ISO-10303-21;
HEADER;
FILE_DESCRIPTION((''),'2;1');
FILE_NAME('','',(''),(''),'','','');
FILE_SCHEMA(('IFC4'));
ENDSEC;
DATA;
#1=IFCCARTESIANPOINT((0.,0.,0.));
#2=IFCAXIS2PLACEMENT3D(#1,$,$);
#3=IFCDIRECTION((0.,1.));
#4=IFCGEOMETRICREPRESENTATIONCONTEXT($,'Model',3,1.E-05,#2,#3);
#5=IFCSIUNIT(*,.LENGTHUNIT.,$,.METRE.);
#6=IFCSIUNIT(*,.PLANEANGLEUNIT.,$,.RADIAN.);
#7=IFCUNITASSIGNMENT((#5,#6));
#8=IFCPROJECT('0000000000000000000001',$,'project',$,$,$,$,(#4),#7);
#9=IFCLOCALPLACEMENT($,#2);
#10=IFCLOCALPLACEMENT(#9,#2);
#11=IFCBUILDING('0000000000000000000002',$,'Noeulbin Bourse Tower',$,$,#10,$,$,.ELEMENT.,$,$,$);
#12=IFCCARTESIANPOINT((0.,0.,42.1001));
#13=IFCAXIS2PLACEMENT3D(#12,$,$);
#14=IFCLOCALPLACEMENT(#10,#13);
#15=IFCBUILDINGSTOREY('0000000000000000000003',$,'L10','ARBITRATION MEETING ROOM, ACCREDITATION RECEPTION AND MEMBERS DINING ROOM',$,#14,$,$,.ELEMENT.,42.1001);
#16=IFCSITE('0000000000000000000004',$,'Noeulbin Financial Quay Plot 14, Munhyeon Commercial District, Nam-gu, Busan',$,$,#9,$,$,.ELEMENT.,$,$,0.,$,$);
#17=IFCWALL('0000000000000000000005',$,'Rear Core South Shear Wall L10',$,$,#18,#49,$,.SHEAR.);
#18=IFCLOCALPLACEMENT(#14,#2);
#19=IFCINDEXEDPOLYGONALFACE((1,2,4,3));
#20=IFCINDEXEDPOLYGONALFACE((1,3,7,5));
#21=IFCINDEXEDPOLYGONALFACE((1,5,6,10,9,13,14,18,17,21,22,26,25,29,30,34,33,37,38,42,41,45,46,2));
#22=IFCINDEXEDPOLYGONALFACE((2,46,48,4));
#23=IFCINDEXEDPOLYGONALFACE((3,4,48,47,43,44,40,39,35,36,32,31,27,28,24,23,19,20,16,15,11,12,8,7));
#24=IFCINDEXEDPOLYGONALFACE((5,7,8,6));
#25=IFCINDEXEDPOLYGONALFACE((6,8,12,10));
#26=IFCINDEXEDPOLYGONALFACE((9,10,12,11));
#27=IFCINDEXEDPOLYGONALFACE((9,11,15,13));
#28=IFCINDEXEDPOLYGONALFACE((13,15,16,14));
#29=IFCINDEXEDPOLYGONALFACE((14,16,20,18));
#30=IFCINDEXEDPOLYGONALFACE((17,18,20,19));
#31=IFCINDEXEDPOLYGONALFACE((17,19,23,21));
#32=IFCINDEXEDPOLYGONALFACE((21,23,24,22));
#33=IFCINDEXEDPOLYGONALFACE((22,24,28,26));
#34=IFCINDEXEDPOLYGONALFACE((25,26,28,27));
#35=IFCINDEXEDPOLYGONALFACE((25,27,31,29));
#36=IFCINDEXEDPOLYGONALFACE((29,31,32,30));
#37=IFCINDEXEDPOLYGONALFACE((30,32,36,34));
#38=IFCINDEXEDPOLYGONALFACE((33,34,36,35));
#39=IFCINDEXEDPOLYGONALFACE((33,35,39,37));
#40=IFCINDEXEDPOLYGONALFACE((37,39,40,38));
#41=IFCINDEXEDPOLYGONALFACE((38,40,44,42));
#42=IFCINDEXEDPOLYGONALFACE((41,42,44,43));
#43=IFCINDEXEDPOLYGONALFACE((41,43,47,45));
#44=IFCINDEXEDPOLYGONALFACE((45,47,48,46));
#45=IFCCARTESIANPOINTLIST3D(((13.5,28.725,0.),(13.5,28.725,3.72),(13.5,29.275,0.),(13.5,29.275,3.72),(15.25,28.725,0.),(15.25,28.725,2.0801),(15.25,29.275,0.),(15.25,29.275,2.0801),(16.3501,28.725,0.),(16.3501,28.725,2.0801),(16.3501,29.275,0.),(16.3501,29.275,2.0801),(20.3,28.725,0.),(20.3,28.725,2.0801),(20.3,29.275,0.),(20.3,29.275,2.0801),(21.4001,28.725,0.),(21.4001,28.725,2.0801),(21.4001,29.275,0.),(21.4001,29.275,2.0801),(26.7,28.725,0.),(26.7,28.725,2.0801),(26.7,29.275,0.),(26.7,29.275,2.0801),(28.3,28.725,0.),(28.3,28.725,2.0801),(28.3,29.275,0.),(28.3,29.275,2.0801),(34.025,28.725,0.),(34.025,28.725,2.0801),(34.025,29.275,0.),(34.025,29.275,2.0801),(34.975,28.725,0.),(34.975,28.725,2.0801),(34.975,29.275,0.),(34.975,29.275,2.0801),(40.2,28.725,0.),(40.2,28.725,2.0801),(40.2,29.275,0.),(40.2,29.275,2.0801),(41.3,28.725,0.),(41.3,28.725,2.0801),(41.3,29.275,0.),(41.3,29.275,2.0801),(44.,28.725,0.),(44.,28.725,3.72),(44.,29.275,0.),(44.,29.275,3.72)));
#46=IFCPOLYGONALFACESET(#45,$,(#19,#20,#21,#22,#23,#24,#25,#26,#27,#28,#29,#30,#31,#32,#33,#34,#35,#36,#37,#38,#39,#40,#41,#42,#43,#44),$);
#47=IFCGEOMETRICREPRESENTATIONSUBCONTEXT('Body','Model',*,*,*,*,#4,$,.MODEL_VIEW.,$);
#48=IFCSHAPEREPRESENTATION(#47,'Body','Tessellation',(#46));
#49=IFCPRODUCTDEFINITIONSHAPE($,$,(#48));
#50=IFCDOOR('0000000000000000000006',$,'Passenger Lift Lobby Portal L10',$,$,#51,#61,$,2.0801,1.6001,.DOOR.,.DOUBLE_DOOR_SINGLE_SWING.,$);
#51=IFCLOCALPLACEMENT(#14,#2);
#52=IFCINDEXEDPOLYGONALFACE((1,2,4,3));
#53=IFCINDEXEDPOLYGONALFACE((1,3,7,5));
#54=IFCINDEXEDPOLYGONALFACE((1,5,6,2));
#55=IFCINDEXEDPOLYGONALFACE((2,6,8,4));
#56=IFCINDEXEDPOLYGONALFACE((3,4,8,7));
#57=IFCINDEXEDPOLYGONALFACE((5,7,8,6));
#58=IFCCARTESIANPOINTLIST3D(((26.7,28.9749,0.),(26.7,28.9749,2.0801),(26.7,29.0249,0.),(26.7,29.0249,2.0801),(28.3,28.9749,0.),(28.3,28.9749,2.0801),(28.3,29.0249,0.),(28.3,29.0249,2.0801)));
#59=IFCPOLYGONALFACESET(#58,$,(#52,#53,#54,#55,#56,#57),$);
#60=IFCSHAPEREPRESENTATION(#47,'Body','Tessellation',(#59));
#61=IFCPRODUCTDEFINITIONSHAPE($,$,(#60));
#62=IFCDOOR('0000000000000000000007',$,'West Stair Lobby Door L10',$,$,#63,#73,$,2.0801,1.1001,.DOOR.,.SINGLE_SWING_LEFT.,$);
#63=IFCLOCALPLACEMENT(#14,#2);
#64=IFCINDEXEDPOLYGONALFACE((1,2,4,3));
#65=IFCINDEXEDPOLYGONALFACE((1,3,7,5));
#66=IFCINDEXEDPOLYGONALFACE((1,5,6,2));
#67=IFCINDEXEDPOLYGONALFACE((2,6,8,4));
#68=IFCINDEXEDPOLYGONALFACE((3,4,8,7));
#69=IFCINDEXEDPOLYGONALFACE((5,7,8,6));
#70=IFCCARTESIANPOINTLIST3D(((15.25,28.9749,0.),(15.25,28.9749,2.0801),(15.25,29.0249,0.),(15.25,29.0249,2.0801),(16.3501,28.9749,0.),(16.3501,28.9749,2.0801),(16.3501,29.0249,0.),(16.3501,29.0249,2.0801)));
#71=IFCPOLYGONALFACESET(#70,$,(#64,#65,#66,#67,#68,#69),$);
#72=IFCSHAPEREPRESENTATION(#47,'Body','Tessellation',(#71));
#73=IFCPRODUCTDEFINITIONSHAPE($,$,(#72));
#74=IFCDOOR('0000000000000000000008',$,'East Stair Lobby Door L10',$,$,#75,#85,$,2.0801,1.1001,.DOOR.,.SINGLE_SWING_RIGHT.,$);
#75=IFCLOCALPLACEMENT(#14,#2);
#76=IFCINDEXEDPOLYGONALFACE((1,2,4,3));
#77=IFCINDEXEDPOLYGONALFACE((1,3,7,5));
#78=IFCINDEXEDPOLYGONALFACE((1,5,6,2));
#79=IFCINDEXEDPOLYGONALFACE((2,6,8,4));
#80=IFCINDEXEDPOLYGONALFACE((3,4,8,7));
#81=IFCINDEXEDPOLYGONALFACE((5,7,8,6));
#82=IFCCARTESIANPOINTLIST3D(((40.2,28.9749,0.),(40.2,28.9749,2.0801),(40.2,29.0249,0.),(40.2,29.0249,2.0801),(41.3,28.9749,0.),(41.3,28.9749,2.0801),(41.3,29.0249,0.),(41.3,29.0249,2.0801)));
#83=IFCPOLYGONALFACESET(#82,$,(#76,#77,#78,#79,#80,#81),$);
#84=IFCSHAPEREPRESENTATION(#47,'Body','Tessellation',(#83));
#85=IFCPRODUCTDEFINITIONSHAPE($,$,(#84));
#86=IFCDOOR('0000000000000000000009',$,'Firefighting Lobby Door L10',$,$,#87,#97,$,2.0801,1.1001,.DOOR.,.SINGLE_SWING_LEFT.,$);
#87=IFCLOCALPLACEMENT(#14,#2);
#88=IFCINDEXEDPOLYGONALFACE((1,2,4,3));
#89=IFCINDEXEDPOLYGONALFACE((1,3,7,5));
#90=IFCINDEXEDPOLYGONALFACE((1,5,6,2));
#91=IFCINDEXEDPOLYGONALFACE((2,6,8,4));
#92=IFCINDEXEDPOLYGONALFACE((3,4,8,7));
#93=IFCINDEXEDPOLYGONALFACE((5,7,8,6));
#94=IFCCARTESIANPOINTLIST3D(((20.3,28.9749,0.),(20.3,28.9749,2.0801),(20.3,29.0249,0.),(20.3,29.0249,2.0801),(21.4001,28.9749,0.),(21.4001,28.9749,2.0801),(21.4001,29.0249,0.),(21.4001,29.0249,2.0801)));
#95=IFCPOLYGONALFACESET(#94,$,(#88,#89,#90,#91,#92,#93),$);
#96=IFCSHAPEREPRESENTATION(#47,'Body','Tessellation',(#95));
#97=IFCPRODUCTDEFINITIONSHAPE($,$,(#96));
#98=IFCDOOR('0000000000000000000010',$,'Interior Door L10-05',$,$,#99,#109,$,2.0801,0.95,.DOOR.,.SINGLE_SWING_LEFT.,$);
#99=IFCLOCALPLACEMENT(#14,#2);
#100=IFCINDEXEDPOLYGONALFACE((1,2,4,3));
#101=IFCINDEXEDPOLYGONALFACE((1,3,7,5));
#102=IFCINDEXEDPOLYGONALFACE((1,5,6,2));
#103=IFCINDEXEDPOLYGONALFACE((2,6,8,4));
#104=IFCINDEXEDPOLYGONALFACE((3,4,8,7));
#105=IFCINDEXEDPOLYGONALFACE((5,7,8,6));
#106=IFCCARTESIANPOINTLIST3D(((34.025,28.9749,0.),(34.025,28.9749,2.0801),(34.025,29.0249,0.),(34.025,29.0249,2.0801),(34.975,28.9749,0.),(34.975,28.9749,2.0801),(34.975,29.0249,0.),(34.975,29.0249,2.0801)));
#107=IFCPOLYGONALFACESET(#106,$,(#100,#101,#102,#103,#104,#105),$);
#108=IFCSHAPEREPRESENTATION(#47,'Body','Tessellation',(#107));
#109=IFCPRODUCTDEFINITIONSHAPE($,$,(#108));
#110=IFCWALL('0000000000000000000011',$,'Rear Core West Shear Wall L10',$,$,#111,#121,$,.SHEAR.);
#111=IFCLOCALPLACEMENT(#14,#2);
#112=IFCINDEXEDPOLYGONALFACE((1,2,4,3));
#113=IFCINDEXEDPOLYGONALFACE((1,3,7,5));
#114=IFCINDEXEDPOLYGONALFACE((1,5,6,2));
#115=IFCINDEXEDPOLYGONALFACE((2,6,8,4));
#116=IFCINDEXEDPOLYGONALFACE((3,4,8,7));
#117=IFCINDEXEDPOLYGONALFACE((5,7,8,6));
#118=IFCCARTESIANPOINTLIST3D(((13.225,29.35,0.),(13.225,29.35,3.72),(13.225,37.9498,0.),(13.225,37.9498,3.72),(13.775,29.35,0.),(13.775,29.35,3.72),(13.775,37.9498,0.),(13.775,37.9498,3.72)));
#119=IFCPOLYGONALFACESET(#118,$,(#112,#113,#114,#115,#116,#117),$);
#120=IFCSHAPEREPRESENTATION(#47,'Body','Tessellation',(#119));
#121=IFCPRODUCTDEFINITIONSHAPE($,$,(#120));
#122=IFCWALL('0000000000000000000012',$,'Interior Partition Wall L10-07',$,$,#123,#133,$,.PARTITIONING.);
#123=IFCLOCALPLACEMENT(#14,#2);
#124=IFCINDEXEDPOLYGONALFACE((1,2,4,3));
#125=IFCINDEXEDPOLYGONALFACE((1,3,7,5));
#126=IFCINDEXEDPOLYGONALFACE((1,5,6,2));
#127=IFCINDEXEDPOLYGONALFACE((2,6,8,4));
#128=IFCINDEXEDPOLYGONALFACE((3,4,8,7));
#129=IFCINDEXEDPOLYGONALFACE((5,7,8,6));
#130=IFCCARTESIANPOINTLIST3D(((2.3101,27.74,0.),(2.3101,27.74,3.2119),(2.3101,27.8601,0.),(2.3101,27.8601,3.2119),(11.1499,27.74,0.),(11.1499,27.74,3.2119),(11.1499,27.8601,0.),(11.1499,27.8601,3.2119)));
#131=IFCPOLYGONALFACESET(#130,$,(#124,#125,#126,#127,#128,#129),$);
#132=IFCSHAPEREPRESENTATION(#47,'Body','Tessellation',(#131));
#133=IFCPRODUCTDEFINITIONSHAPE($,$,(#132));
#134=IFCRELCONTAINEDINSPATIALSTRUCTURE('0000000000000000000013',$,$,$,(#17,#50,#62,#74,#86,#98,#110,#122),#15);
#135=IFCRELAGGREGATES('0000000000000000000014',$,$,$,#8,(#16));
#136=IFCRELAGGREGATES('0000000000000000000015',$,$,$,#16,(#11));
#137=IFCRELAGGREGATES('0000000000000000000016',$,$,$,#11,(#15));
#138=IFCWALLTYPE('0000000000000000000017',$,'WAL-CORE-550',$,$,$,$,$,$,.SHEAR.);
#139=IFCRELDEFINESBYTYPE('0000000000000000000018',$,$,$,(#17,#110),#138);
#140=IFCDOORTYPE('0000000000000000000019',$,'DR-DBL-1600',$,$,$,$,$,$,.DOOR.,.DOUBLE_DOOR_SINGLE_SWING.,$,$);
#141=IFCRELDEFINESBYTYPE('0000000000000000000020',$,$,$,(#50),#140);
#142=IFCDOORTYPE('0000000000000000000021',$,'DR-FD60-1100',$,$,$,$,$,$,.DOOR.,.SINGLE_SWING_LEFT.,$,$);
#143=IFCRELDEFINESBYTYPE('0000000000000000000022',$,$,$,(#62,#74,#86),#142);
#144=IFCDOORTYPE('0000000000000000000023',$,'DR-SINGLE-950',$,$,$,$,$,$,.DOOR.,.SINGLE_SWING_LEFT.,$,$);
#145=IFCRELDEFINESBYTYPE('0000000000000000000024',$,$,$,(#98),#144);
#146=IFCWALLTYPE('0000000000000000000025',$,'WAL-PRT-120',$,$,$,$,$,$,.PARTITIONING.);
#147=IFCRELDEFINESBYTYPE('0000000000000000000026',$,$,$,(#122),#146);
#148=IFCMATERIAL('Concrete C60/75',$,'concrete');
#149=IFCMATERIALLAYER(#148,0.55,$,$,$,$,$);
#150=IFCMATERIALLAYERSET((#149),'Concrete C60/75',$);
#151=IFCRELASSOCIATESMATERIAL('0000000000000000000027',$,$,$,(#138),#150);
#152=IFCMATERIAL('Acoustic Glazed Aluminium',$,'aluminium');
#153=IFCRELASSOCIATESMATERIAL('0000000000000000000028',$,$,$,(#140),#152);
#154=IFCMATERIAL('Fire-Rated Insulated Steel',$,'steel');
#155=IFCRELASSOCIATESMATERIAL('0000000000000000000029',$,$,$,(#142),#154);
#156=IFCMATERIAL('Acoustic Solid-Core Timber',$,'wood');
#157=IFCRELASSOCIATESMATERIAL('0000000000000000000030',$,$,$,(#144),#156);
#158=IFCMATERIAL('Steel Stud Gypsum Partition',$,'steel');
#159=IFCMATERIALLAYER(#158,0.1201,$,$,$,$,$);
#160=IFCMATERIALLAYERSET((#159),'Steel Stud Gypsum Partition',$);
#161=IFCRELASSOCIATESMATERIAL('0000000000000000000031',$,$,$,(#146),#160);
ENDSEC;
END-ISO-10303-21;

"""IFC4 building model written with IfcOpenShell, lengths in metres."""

from ifc_helpers import new_model, si_unit, direction, frame, frame_2d, origin, place, context, subcontext, project, spatial, rectangle, extrude, material, layer, layer_set, type_object, element, fill, save


model = new_model("IFC4")

# Units and contexts
model_context = context("Model", 3, precision=1e-05, world=origin(), true_north=direction((0.0, 1.0)))
body_context = subcontext(model_context, "Body", "Model", "MODEL_VIEW")
ifc_project = project(units=[si_unit("LENGTHUNIT", "METRE"), si_unit("PLANEANGLEUNIT", "RADIAN")], contexts=[model_context])

# Site, building, storey
site_placement = place(None, origin())
site = spatial("IfcSite", under=ifc_project, at=site_placement, Name="Noeulbin Financial Quay Plot 14, Munhyeon Commercial District, Nam-gu, Busan", CompositionType="ELEMENT", RefElevation=0.0)
building_placement = place(site_placement, origin())
building = spatial("IfcBuilding", under=site, at=building_placement, Name="Noeulbin Bourse Tower", CompositionType="ELEMENT")
storey_placement = place(building_placement, frame((0.0, 0.0, 42.1001)))
storey = spatial("IfcBuildingStorey", under=building, at=storey_placement, Name="L10", Description="ARBITRATION MEETING ROOM, ACCREDITATION RECEPTION AND MEMBERS DINING ROOM", CompositionType="ELEMENT", Elevation=42.1001)

# Wall, openings, doors
ifc_material_1 = material(Name="Concrete C60/75", Category="concrete")
ifc_layer_1 = layer(ifc_material_1, 0.55)
ifc_layer_set_1 = layer_set([ifc_layer_1], Name="Concrete C60/75")
wall_type_1 = type_object("IfcWallType", Name="WAL-CORE-550", PredefinedType="SHEAR", material=ifc_layer_set_1)
wall_1_placement = place(storey_placement, frame((13.5, 29.0, 0.0), z_axis=(0.0, 0.0, 1.0), x_axis=(1.0, 0.0, 0.0)))
wall_1 = element("IfcWall", 1, at=wall_1_placement, inside=storey, type_object=wall_type_1, Name="Rear Core South Shear Wall L10", PredefinedType="SHEAR", context=body_context, shape_type="SweptSolid", body=[
    extrude(rectangle(XDim=30.5, YDim=0.55, at=frame_2d((15.25, 0.0))), origin(), (0.0, 0.0, 1.0), 3.72),
])
opening_1_placement = place(wall_1_placement, frame((1.75, 0.0, 0.0)))
opening_1 = element("IfcOpeningElement", 2, at=opening_1_placement, cuts=wall_1, PredefinedType="OPENING", context=body_context, shape_type="SweptSolid", body=[
    extrude(rectangle(XDim=1.1001, YDim=2.0801, at=frame_2d((0.55, 1.04))), frame((0.0, 0.2849, 0.0), z_axis=(0.0, -1.0, 0.0), x_axis=(1.0, 0.0, 0.0)), (0.0, 0.0, 1.0), 0.5701),
])
opening_2_placement = place(wall_1_placement, frame((26.7, 0.0, 0.0)))
opening_2 = element("IfcOpeningElement", 3, at=opening_2_placement, cuts=wall_1, PredefinedType="OPENING", context=body_context, shape_type="SweptSolid", body=[
    extrude(rectangle(XDim=1.1001, YDim=2.0801, at=frame_2d((0.55, 1.04))), frame((0.0, 0.2849, 0.0), z_axis=(0.0, -1.0, 0.0), x_axis=(1.0, 0.0, 0.0)), (0.0, 0.0, 1.0), 0.5701),
])
opening_3_placement = place(wall_1_placement, frame((6.8, 0.0, 0.0)))
opening_3 = element("IfcOpeningElement", 4, at=opening_3_placement, cuts=wall_1, PredefinedType="OPENING", context=body_context, shape_type="SweptSolid", body=[
    extrude(rectangle(XDim=1.1001, YDim=2.0801, at=frame_2d((0.55, 1.04))), frame((0.0, 0.2849, 0.0), z_axis=(0.0, -1.0, 0.0), x_axis=(1.0, 0.0, 0.0)), (0.0, 0.0, 1.0), 0.5701),
])
opening_4_placement = place(wall_1_placement, frame((13.2, 0.0, 0.0)))
opening_4 = element("IfcOpeningElement", 5, at=opening_4_placement, cuts=wall_1, PredefinedType="OPENING", context=body_context, shape_type="SweptSolid", body=[
    extrude(rectangle(XDim=1.6001, YDim=2.0801, at=frame_2d((0.8, 1.04))), frame((0.0, 0.2849, 0.0), z_axis=(0.0, -1.0, 0.0), x_axis=(1.0, 0.0, 0.0)), (0.0, 0.0, 1.0), 0.5701),
])
opening_5_placement = place(wall_1_placement, frame((20.5249, 0.0, 0.0)))
opening_5 = element("IfcOpeningElement", 6, at=opening_5_placement, cuts=wall_1, PredefinedType="OPENING", context=body_context, shape_type="SweptSolid", body=[
    extrude(rectangle(XDim=0.95, YDim=2.0801, at=frame_2d((0.4751, 1.04))), frame((0.0, 0.2849, 0.0), z_axis=(0.0, -1.0, 0.0), x_axis=(1.0, 0.0, 0.0)), (0.0, 0.0, 1.0), 0.5701),
])
ifc_material_2 = material(Name="Acoustic Glazed Aluminium", Category="aluminium")
door_type_1 = type_object("IfcDoorType", Name="DR-DBL-1600", OperationType="DOUBLE_DOOR_SINGLE_SWING", PredefinedType="DOOR", material=ifc_material_2)
door_1_placement = place(opening_4_placement, origin())
door_1 = element("IfcDoor", 7, at=door_1_placement, inside=storey, type_object=door_type_1, Name="Passenger Lift Lobby Portal L10", OperationType="DOUBLE_DOOR_SINGLE_SWING", OverallHeight=2.0801, OverallWidth=1.6001, PredefinedType="DOOR", context=body_context, shape_type="SweptSolid", body=[
    extrude(rectangle(XDim=1.6001, YDim=2.0801, at=frame_2d((0.8, 1.04))), frame((0.0, 0.0249, 0.0), z_axis=(0.0, -1.0, 0.0), x_axis=(1.0, 0.0, 0.0)), (0.0, 0.0, 1.0), 0.05),
])
fill(opening_4, door_1)
ifc_material_3 = material(Name="Fire-Rated Insulated Steel", Category="steel")
door_type_2 = type_object("IfcDoorType", Name="DR-FD60-1100", OperationType="SINGLE_SWING_LEFT", PredefinedType="DOOR", material=ifc_material_3)
door_2_placement = place(opening_1_placement, origin())
door_2 = element("IfcDoor", 8, at=door_2_placement, inside=storey, type_object=door_type_2, Name="West Stair Lobby Door L10", OperationType="SINGLE_SWING_LEFT", OverallHeight=2.0801, OverallWidth=1.1001, PredefinedType="DOOR", context=body_context, shape_type="SweptSolid", body=[
    extrude(rectangle(XDim=1.1001, YDim=2.0801, at=frame_2d((0.55, 1.04))), frame((0.0, 0.0249, 0.0), z_axis=(0.0, -1.0, 0.0), x_axis=(1.0, 0.0, 0.0)), (0.0, 0.0, 1.0), 0.05),
])
fill(opening_1, door_2)
door_3_placement = place(opening_2_placement, origin())
door_3 = element("IfcDoor", 9, at=door_3_placement, inside=storey, type_object=door_type_2, Name="East Stair Lobby Door L10", OperationType="SINGLE_SWING_RIGHT", OverallHeight=2.0801, OverallWidth=1.1001, PredefinedType="DOOR", context=body_context, shape_type="SweptSolid", body=[
    extrude(rectangle(XDim=1.1001, YDim=2.0801, at=frame_2d((0.55, 1.04))), frame((0.0, 0.0249, 0.0), z_axis=(0.0, -1.0, 0.0), x_axis=(1.0, 0.0, 0.0)), (0.0, 0.0, 1.0), 0.05),
])
fill(opening_2, door_3)
door_4_placement = place(opening_3_placement, origin())
door_4 = element("IfcDoor", 10, at=door_4_placement, inside=storey, type_object=door_type_2, Name="Firefighting Lobby Door L10", OperationType="SINGLE_SWING_LEFT", OverallHeight=2.0801, OverallWidth=1.1001, PredefinedType="DOOR", context=body_context, shape_type="SweptSolid", body=[
    extrude(rectangle(XDim=1.1001, YDim=2.0801, at=frame_2d((0.55, 1.04))), frame((0.0, 0.0249, 0.0), z_axis=(0.0, -1.0, 0.0), x_axis=(1.0, 0.0, 0.0)), (0.0, 0.0, 1.0), 0.05),
])
fill(opening_3, door_4)
ifc_material_4 = material(Name="Acoustic Solid-Core Timber", Category="wood")
door_type_3 = type_object("IfcDoorType", Name="DR-SINGLE-950", OperationType="SINGLE_SWING_LEFT", PredefinedType="DOOR", material=ifc_material_4)
door_5_placement = place(opening_5_placement, origin())
door_5 = element("IfcDoor", 11, at=door_5_placement, inside=storey, type_object=door_type_3, Name="Interior Door L10-05", OperationType="SINGLE_SWING_LEFT", OverallHeight=2.0801, OverallWidth=0.95, PredefinedType="DOOR", context=body_context, shape_type="SweptSolid", body=[
    extrude(rectangle(XDim=0.95, YDim=2.0801, at=frame_2d((0.4751, 1.04))), frame((0.0, 0.0249, 0.0), z_axis=(0.0, -1.0, 0.0), x_axis=(1.0, 0.0, 0.0)), (0.0, 0.0, 1.0), 0.05),
])
fill(opening_5, door_5)

# Walls
wall_2_placement = place(storey_placement, frame((13.5, 29.3501, 0.0), z_axis=(0.0, 0.0, 1.0), x_axis=(0.0, 1.0, 0.0)))
element("IfcWall", 12, at=wall_2_placement, inside=storey, type_object=wall_type_1, Name="Rear Core West Shear Wall L10", PredefinedType="SHEAR", context=body_context, shape_type="SweptSolid", body=[
    extrude(rectangle(XDim=8.5999, YDim=0.55, at=frame_2d((4.2998, 0.0))), origin(), (0.0, 0.0, 1.0), 3.72),
])
ifc_material_5 = material(Name="Steel Stud Gypsum Partition", Category="steel")
ifc_layer_2 = layer(ifc_material_5, 0.1201)
ifc_layer_set_2 = layer_set([ifc_layer_2], Name="Steel Stud Gypsum Partition")
wall_type_2 = type_object("IfcWallType", Name="WAL-PRT-120", PredefinedType="PARTITIONING", material=ifc_layer_set_2)
wall_3_placement = place(storey_placement, frame((2.3101, 27.8, 0.0), z_axis=(0.0, 0.0, 1.0), x_axis=(1.0, 0.0, 0.0)))
element("IfcWall", 13, at=wall_3_placement, inside=storey, type_object=wall_type_2, Name="Interior Partition Wall L10-07", PredefinedType="PARTITIONING", context=body_context, shape_type="SweptSolid", body=[
    extrude(rectangle(XDim=8.8398, YDim=0.1201, at=frame_2d((4.4199, 0.0))), origin(), (0.0, 0.0, 1.0), 3.2119),
])

save(model, "model.ifc")
